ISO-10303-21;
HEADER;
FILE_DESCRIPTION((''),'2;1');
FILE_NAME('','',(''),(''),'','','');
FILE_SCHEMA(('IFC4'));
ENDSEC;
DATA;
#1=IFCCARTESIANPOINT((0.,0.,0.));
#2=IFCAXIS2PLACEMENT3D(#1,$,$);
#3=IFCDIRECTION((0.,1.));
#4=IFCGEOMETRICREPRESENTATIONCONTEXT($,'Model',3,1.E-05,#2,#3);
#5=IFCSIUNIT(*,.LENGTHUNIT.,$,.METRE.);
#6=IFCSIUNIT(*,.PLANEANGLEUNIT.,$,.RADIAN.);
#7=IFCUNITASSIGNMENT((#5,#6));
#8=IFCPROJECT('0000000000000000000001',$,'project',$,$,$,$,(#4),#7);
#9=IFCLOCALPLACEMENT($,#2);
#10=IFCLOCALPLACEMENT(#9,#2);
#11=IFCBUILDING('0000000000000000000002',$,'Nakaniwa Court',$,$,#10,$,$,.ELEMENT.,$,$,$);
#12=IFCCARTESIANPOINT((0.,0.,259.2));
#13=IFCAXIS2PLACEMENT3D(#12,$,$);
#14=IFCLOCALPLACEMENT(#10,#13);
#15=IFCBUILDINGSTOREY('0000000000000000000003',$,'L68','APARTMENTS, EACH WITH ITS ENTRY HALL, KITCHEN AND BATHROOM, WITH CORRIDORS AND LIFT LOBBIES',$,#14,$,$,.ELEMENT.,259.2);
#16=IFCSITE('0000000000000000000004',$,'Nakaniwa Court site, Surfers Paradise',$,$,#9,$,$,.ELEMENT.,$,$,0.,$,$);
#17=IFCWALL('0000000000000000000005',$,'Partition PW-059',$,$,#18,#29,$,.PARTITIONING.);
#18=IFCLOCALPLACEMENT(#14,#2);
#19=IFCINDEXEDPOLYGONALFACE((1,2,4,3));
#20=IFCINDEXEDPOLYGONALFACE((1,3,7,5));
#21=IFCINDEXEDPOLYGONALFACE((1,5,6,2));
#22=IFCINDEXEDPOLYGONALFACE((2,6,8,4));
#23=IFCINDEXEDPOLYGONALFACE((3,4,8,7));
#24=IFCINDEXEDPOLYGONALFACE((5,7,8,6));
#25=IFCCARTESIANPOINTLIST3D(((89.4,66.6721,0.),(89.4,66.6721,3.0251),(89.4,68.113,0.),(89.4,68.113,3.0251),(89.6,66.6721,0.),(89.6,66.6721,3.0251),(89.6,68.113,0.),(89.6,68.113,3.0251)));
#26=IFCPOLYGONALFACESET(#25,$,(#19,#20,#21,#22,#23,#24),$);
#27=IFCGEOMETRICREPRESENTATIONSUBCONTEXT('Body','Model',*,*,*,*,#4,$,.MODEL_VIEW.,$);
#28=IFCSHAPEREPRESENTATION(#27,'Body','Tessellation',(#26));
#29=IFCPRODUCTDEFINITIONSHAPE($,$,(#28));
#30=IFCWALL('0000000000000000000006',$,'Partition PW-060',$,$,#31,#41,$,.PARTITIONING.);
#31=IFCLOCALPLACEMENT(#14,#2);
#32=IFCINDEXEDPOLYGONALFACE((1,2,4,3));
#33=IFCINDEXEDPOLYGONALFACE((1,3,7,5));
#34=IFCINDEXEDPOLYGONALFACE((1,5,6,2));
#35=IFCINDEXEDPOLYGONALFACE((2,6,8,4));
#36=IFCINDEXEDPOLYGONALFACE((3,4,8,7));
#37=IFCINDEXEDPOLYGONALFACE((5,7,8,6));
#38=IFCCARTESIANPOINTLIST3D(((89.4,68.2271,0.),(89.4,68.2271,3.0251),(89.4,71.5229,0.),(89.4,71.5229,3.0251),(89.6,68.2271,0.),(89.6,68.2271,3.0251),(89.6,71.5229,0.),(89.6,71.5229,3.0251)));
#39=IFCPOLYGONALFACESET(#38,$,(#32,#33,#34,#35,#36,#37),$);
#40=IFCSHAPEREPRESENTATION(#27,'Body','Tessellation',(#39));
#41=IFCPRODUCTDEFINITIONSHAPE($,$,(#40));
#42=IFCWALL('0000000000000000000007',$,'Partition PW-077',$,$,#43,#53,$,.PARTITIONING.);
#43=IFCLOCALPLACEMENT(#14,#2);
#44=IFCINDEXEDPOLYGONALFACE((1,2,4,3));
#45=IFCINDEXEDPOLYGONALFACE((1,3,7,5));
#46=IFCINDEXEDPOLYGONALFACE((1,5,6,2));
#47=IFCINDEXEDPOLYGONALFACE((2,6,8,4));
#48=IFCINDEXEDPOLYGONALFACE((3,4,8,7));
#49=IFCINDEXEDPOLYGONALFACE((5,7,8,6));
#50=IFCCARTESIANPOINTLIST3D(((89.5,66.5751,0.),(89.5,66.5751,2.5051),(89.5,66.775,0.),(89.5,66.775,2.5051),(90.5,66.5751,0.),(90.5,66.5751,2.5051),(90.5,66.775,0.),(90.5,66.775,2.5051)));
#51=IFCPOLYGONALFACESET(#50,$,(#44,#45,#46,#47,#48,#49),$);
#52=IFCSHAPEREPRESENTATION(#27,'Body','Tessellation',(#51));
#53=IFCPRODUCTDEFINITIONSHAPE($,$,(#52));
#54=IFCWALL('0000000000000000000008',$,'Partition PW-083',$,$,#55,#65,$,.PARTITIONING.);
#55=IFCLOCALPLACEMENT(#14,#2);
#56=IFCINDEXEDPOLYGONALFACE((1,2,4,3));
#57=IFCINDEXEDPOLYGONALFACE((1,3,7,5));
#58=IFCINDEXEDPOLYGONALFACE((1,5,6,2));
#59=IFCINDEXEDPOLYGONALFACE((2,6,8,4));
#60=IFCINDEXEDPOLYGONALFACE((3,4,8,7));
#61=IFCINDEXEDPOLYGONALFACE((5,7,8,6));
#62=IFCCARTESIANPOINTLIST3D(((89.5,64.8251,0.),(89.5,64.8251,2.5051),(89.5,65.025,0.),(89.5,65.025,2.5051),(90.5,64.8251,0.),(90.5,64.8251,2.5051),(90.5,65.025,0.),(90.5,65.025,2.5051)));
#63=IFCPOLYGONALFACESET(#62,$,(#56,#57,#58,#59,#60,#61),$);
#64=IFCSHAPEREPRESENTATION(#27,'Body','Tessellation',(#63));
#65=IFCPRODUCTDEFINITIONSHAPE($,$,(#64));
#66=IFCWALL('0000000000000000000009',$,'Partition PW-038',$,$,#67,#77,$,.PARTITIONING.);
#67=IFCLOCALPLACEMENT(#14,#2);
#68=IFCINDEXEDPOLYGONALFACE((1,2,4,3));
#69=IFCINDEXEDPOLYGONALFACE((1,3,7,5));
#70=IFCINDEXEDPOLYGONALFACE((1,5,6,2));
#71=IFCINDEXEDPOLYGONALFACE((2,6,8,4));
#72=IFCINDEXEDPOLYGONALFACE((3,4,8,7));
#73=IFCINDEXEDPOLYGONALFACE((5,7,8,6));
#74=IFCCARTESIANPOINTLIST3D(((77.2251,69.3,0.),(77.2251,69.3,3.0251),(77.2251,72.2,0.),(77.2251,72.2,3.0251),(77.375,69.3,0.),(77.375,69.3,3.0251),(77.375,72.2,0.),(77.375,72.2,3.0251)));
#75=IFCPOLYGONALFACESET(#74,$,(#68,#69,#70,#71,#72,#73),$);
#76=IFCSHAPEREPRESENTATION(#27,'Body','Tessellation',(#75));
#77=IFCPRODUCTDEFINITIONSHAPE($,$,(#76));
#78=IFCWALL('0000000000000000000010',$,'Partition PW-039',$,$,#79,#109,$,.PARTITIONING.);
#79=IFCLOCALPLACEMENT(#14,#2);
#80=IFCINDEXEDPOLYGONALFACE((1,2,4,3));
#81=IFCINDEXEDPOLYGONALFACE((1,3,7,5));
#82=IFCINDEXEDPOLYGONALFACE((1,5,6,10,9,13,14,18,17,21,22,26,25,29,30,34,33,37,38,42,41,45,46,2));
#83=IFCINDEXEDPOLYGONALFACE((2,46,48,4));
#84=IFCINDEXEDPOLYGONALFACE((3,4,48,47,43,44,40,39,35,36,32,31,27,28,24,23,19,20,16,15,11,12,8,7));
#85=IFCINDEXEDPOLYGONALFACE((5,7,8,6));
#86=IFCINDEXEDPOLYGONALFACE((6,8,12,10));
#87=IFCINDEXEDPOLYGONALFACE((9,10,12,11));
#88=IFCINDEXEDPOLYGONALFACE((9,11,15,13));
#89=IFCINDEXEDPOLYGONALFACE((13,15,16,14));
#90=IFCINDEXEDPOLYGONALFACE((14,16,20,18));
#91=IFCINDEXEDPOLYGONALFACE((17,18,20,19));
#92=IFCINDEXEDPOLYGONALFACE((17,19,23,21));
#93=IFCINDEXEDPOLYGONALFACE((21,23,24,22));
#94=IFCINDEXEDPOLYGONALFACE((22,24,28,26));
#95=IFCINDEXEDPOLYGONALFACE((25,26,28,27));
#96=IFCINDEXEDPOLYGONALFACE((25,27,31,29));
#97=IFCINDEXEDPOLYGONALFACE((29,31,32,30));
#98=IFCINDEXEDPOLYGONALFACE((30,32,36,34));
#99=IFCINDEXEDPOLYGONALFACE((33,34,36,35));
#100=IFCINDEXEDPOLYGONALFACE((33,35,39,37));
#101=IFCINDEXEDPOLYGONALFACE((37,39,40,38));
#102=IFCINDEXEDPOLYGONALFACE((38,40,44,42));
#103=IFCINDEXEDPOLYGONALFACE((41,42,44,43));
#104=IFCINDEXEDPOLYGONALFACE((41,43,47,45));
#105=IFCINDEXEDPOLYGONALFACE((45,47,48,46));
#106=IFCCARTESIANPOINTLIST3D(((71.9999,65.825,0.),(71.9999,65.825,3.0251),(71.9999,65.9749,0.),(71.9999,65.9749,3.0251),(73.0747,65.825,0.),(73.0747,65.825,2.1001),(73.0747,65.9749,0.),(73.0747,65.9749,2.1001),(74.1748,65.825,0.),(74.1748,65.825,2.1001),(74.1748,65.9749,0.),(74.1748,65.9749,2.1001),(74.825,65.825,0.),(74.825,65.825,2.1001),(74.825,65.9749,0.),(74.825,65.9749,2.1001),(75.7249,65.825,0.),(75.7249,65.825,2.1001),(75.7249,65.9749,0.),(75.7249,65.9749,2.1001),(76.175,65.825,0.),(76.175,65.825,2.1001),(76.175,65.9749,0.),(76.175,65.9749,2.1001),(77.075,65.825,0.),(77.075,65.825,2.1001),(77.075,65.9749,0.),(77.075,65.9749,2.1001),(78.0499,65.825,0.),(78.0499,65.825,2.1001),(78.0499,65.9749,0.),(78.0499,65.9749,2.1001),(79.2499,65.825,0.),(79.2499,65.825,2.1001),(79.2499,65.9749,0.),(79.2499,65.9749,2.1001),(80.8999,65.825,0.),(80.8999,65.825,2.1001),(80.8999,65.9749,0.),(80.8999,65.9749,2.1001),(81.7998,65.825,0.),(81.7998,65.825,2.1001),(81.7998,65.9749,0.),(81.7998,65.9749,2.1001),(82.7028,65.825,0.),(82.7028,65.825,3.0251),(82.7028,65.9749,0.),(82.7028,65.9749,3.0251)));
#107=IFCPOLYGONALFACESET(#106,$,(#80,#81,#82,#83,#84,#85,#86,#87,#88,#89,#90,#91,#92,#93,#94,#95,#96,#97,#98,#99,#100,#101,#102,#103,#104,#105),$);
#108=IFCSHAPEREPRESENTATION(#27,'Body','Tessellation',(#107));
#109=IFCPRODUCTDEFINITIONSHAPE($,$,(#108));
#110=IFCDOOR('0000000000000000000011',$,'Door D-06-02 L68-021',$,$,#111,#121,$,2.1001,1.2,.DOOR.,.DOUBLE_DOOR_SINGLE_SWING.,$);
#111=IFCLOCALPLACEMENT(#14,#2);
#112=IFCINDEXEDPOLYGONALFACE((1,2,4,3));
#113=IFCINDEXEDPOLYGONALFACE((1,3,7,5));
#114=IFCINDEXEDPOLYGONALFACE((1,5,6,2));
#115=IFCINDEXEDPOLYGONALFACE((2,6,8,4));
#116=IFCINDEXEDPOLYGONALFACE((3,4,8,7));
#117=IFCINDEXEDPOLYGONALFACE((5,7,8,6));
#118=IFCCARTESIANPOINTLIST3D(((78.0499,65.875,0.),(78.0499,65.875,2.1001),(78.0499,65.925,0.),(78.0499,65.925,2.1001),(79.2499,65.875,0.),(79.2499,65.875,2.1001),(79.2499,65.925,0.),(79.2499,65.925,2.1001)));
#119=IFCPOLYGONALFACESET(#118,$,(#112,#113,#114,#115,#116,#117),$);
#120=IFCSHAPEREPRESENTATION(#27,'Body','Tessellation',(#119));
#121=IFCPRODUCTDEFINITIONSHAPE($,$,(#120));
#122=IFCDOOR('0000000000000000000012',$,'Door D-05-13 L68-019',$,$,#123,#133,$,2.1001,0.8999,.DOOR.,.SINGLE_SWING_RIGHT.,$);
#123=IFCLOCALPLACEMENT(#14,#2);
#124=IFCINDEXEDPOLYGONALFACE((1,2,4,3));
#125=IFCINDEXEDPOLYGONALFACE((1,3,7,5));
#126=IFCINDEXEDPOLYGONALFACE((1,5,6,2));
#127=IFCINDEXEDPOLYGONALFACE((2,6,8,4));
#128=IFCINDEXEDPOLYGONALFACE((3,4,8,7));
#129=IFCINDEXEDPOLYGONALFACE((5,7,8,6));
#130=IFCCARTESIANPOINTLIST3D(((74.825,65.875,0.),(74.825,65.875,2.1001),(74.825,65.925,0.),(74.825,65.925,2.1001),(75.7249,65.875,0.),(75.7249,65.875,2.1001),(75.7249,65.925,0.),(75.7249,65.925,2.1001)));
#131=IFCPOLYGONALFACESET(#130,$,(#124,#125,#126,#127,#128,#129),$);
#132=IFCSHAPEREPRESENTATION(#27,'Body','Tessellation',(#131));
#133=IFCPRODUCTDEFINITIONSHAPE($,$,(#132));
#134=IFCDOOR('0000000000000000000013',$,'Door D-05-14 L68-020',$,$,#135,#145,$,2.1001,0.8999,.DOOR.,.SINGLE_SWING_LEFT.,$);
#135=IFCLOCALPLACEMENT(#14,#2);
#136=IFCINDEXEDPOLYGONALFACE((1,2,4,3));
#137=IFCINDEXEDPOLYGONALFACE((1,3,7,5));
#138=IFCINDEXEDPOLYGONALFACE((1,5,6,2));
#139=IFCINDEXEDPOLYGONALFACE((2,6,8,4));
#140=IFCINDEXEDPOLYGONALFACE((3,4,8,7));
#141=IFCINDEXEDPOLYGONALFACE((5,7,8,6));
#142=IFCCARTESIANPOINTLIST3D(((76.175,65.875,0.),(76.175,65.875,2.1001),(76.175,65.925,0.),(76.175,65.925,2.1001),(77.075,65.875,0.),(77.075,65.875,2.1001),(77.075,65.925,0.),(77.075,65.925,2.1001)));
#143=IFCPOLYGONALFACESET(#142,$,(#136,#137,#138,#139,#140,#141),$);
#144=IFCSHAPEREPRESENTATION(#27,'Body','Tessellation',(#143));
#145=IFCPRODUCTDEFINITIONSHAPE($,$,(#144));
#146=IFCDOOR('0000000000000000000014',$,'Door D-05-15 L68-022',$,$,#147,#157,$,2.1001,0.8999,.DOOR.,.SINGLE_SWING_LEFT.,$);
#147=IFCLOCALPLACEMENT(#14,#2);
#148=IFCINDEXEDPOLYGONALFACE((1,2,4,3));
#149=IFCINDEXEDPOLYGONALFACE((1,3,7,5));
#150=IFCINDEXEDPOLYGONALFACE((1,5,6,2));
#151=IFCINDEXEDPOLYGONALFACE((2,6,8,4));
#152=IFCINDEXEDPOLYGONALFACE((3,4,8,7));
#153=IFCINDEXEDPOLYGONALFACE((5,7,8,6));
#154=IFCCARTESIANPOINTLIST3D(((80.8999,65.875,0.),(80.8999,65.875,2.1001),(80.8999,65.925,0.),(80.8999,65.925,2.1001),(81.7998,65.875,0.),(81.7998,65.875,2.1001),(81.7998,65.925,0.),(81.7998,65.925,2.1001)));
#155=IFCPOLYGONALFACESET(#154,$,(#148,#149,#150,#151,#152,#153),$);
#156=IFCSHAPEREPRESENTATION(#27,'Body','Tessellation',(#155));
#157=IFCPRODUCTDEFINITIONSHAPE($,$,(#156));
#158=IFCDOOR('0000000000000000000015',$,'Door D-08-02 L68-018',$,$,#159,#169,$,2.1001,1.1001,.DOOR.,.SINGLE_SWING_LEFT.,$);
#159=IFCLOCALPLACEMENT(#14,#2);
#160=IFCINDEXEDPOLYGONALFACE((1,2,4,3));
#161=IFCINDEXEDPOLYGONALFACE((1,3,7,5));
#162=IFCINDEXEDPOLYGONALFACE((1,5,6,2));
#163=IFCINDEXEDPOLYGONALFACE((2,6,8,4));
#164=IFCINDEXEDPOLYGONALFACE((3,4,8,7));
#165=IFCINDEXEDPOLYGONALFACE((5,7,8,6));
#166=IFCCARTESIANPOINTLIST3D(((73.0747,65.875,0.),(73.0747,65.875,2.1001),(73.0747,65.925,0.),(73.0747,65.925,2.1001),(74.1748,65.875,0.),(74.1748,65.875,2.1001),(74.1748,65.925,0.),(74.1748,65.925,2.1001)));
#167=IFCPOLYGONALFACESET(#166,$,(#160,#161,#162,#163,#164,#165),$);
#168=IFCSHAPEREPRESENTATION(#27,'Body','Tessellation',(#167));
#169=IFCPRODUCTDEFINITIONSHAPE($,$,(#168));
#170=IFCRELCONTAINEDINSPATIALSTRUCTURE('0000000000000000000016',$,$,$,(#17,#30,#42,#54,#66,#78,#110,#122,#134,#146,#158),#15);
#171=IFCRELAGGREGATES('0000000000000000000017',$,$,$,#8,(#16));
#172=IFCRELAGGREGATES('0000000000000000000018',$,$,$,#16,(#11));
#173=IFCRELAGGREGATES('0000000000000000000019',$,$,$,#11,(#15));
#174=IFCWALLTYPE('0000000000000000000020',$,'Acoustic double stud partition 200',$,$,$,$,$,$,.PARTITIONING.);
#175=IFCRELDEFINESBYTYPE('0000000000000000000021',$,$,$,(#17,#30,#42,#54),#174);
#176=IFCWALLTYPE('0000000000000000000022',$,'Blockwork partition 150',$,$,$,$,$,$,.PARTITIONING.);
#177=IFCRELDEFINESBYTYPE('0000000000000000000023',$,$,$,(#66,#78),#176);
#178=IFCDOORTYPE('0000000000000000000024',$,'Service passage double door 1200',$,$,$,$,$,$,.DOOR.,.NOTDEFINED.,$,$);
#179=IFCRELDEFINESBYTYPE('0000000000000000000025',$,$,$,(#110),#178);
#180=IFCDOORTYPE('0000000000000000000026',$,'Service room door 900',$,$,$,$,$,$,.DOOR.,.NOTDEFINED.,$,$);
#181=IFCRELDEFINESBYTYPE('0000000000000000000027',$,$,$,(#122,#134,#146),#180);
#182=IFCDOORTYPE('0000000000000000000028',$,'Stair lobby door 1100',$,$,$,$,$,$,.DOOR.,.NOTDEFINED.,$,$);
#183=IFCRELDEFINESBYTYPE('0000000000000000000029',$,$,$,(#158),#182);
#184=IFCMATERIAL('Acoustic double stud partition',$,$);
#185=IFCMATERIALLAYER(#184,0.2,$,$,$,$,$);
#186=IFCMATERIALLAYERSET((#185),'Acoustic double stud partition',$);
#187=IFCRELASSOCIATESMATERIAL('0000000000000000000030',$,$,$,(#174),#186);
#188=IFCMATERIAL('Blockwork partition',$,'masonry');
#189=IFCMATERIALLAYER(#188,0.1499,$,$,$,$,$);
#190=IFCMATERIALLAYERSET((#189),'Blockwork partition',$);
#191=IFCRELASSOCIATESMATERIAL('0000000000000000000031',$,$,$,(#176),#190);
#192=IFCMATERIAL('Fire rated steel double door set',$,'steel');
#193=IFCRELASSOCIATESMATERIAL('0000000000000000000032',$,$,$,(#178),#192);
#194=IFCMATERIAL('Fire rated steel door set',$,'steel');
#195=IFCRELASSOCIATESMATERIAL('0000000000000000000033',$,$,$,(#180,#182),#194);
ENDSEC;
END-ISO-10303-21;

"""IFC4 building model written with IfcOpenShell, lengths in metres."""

from ifc_helpers import new_model, si_unit, direction, frame, frame_2d, origin, place, context, subcontext, project, spatial, rectangle, extrude, material, layer, layer_set, type_object, element, fill, save


model = new_model("IFC4")

# Units and contexts
model_context = context("Model", 3, precision=1e-05, world=origin(), true_north=direction((0.0, 1.0)))
body_context = subcontext(model_context, "Body", "Model", "MODEL_VIEW")
ifc_project = project(units=[si_unit("LENGTHUNIT", "METRE"), si_unit("PLANEANGLEUNIT", "RADIAN")], contexts=[model_context])

# Site, building, storey
site_placement = place(None, origin())
site = spatial("IfcSite", under=ifc_project, at=site_placement, Name="Nakaniwa Court site, Surfers Paradise", CompositionType="ELEMENT", RefElevation=0.0)
building_placement = place(site_placement, origin())
building = spatial("IfcBuilding", under=site, at=building_placement, Name="Nakaniwa Court", CompositionType="ELEMENT")
storey_placement = place(building_placement, frame((0.0, 0.0, 259.2)))
storey = spatial("IfcBuildingStorey", under=building, at=storey_placement, Name="L68", Description="APARTMENTS, EACH WITH ITS ENTRY HALL, KITCHEN AND BATHROOM, WITH CORRIDORS AND LIFT LOBBIES", CompositionType="ELEMENT", Elevation=259.2)

# Walls
ifc_material_1 = material(Name="Acoustic double stud partition")
ifc_layer_1 = layer(ifc_material_1, 0.2)
ifc_layer_set_1 = layer_set([ifc_layer_1], Name="Acoustic double stud partition")
wall_type_1 = type_object("IfcWallType", Name="Acoustic double stud partition 200", PredefinedType="PARTITIONING", material=ifc_layer_set_1)
wall_1_placement = place(storey_placement, frame((89.5, 66.6721, 0.0), z_axis=(0.0, 0.0, 1.0), x_axis=(0.0, 1.0, 0.0)))
element("IfcWall", 1, at=wall_1_placement, inside=storey, type_object=wall_type_1, Name="Partition PW-059", PredefinedType="PARTITIONING", context=body_context, shape_type="SweptSolid", body=[
    extrude(rectangle(XDim=1.4409, YDim=0.2, at=frame_2d((0.7205, 0.0))), origin(), (0.0, 0.0, 1.0), 3.0251),
])
wall_2_placement = place(storey_placement, frame((89.5, 68.2271, 0.0), z_axis=(0.0, 0.0, 1.0), x_axis=(0.0, 1.0, 0.0)))
element("IfcWall", 2, at=wall_2_placement, inside=storey, type_object=wall_type_1, Name="Partition PW-060", PredefinedType="PARTITIONING", context=body_context, shape_type="SweptSolid", body=[
    extrude(rectangle(XDim=3.2959, YDim=0.2, at=frame_2d((1.6479, 0.0))), origin(), (0.0, 0.0, 1.0), 3.0251),
])
for number, where, z_axis, x_axis, name in (
    (3, (89.5, 66.675, 0.0), (0.0, 0.0, 1.0), (1.0, 0.0, 0.0), "Partition PW-077"),
    (4, (89.5, 64.925, 0.0), (0.0, 0.0, 1.0), (1.0, 0.0, 0.0), "Partition PW-083"),
):
    element("IfcWall", number, at=place(storey_placement, frame(where, z_axis=z_axis, x_axis=x_axis)), inside=storey, type_object=wall_type_1, Name=name, PredefinedType="PARTITIONING", context=body_context, shape_type="SweptSolid", body=[
        extrude(rectangle(XDim=1.0, YDim=0.2, at=frame_2d((0.5, 0.0))), origin(), (0.0, 0.0, 1.0), 2.5051),
    ])
ifc_material_2 = material(Name="Blockwork partition", Category="masonry")
ifc_layer_2 = layer(ifc_material_2, 0.1499)
ifc_layer_set_2 = layer_set([ifc_layer_2], Name="Blockwork partition")
wall_type_2 = type_object("IfcWallType", Name="Blockwork partition 150", PredefinedType="PARTITIONING", material=ifc_layer_set_2)
wall_3_placement = place(storey_placement, frame((77.3, 69.3, 0.0), z_axis=(0.0, 0.0, 1.0), x_axis=(0.0, 1.0, 0.0)))
element("IfcWall", 5, at=wall_3_placement, inside=storey, type_object=wall_type_2, Name="Partition PW-038", PredefinedType="PARTITIONING", context=body_context, shape_type="SweptSolid", body=[
    extrude(rectangle(XDim=2.8999, YDim=0.1499, at=frame_2d((1.45, 0.0))), origin(), (0.0, 0.0, 1.0), 3.0251),
])

# Wall, openings, doors
wall_4_placement = place(storey_placement, frame((82.7029, 65.8999, 0.0), z_axis=(0.0, 0.0, 1.0), x_axis=(-1.0, 0.0, 0.0)))
wall_4 = element("IfcWall", 6, at=wall_4_placement, inside=storey, type_object=wall_type_2, Name="Partition PW-039", PredefinedType="PARTITIONING", context=body_context, shape_type="SweptSolid", body=[
    extrude(rectangle(XDim=10.7029, YDim=0.1499, at=frame_2d((5.3516, 0.0))), origin(), (0.0, 0.0, 1.0), 3.0251),
])
opening_1_placement = place(wall_4_placement, frame((8.5281, 0.0, 0.0)))
opening_1 = element("IfcOpeningElement", 7, at=opening_1_placement, cuts=wall_4, PredefinedType="OPENING", context=body_context, shape_type="SweptSolid", body=[
    extrude(rectangle(XDim=1.1001, YDim=2.1001, at=frame_2d((0.55, 1.05))), frame((0.0, 0.085, 0.0), z_axis=(0.0, -1.0, 0.0), x_axis=(1.0, 0.0, 0.0)), (0.0, 0.0, 1.0), 0.1699),
])
opening_2_placement = place(wall_4_placement, frame((6.978, 0.0, 0.0)))
opening_2 = element("IfcOpeningElement", 8, at=opening_2_placement, cuts=wall_4, PredefinedType="OPENING", context=body_context, shape_type="SweptSolid", body=[
    extrude(rectangle(XDim=0.8999, YDim=2.1001, at=frame_2d((0.45, 1.05))), frame((0.0, 0.085, 0.0), z_axis=(0.0, -1.0, 0.0), x_axis=(1.0, 0.0, 0.0)), (0.0, 0.0, 1.0), 0.1699),
])
opening_3_placement = place(wall_4_placement, frame((5.6279, 0.0, 0.0)))
opening_3 = element("IfcOpeningElement", 9, at=opening_3_placement, cuts=wall_4, PredefinedType="OPENING", context=body_context, shape_type="SweptSolid", body=[
    extrude(rectangle(XDim=0.8999, YDim=2.1001, at=frame_2d((0.45, 1.05))), frame((0.0, 0.085, 0.0), z_axis=(0.0, -1.0, 0.0), x_axis=(1.0, 0.0, 0.0)), (0.0, 0.0, 1.0), 0.1699),
])
opening_4_placement = place(wall_4_placement, frame((3.4529, 0.0, 0.0)))
opening_4 = element("IfcOpeningElement", 10, at=opening_4_placement, cuts=wall_4, PredefinedType="OPENING", context=body_context, shape_type="SweptSolid", body=[
    extrude(rectangle(XDim=1.2, YDim=2.1001, at=frame_2d((0.6001, 1.05))), frame((0.0, 0.085, 0.0), z_axis=(0.0, -1.0, 0.0), x_axis=(1.0, 0.0, 0.0)), (0.0, 0.0, 1.0), 0.1699),
])
opening_5_placement = place(wall_4_placement, frame((0.9031, 0.0, 0.0)))
opening_5 = element("IfcOpeningElement", 11, at=opening_5_placement, cuts=wall_4, PredefinedType="OPENING", context=body_context, shape_type="SweptSolid", body=[
    extrude(rectangle(XDim=0.8999, YDim=2.1001, at=frame_2d((0.45, 1.05))), frame((0.0, 0.085, 0.0), z_axis=(0.0, -1.0, 0.0), x_axis=(1.0, 0.0, 0.0)), (0.0, 0.0, 1.0), 0.1699),
])
ifc_material_3 = material(Name="Fire rated steel double door set", Category="steel")
door_type_1 = type_object("IfcDoorType", Name="Service passage double door 1200", OperationType="NOTDEFINED", PredefinedType="DOOR", material=ifc_material_3)
door_1_placement = place(opening_4_placement, origin())
door_1 = element("IfcDoor", 12, at=door_1_placement, inside=storey, type_object=door_type_1, Name="Door D-06-02 L68-021", OperationType="DOUBLE_DOOR_SINGLE_SWING", OverallHeight=2.1001, OverallWidth=1.2, PredefinedType="DOOR", context=body_context, shape_type="SweptSolid", body=[
    extrude(rectangle(XDim=1.2, YDim=2.1001, at=frame_2d((0.6001, 1.05))), frame((0.0, 0.0249, 0.0), z_axis=(0.0, -1.0, 0.0), x_axis=(1.0, 0.0, 0.0)), (0.0, 0.0, 1.0), 0.05),
])
fill(opening_4, door_1)
ifc_material_4 = material(Name="Fire rated steel door set", Category="steel")
door_type_2 = type_object("IfcDoorType", Name="Service room door 900", OperationType="NOTDEFINED", PredefinedType="DOOR", material=ifc_material_4)
door_2_placement = place(opening_2_placement, origin())
door_2 = element("IfcDoor", 13, at=door_2_placement, inside=storey, type_object=door_type_2, Name="Door D-05-13 L68-019", OperationType="SINGLE_SWING_RIGHT", OverallHeight=2.1001, OverallWidth=0.8999, PredefinedType="DOOR", context=body_context, shape_type="SweptSolid", body=[
    extrude(rectangle(XDim=0.8999, YDim=2.1001, at=frame_2d((0.45, 1.05))), frame((0.0, 0.0249, 0.0), z_axis=(0.0, -1.0, 0.0), x_axis=(1.0, 0.0, 0.0)), (0.0, 0.0, 1.0), 0.05),
])
fill(opening_2, door_2)
door_3_placement = place(opening_3_placement, origin())
door_3 = element("IfcDoor", 14, at=door_3_placement, inside=storey, type_object=door_type_2, Name="Door D-05-14 L68-020", OperationType="SINGLE_SWING_LEFT", OverallHeight=2.1001, OverallWidth=0.8999, PredefinedType="DOOR", context=body_context, shape_type="SweptSolid", body=[
    extrude(rectangle(XDim=0.8999, YDim=2.1001, at=frame_2d((0.45, 1.05))), frame((0.0, 0.0249, 0.0), z_axis=(0.0, -1.0, 0.0), x_axis=(1.0, 0.0, 0.0)), (0.0, 0.0, 1.0), 0.05),
])
fill(opening_3, door_3)
door_4_placement = place(opening_5_placement, origin())
door_4 = element("IfcDoor", 15, at=door_4_placement, inside=storey, type_object=door_type_2, Name="Door D-05-15 L68-022", OperationType="SINGLE_SWING_LEFT", OverallHeight=2.1001, OverallWidth=0.8999, PredefinedType="DOOR", context=body_context, shape_type="SweptSolid", body=[
    extrude(rectangle(XDim=0.8999, YDim=2.1001, at=frame_2d((0.45, 1.05))), frame((0.0, 0.0249, 0.0), z_axis=(0.0, -1.0, 0.0), x_axis=(1.0, 0.0, 0.0)), (0.0, 0.0, 1.0), 0.05),
])
fill(opening_5, door_4)
door_type_3 = type_object("IfcDoorType", Name="Stair lobby door 1100", OperationType="NOTDEFINED", PredefinedType="DOOR", material=ifc_material_4)
door_5_placement = place(opening_1_placement, origin())
door_5 = element("IfcDoor", 16, at=door_5_placement, inside=storey, type_object=door_type_3, Name="Door D-08-02 L68-018", OperationType="SINGLE_SWING_LEFT", OverallHeight=2.1001, OverallWidth=1.1001, PredefinedType="DOOR", context=body_context, shape_type="SweptSolid", body=[
    extrude(rectangle(XDim=1.1001, YDim=2.1001, at=frame_2d((0.55, 1.05))), frame((0.0, 0.0249, 0.0), z_axis=(0.0, -1.0, 0.0), x_axis=(1.0, 0.0, 0.0)), (0.0, 0.0, 1.0), 0.05),
])
fill(opening_1, door_5)

save(model, "model.ifc")
